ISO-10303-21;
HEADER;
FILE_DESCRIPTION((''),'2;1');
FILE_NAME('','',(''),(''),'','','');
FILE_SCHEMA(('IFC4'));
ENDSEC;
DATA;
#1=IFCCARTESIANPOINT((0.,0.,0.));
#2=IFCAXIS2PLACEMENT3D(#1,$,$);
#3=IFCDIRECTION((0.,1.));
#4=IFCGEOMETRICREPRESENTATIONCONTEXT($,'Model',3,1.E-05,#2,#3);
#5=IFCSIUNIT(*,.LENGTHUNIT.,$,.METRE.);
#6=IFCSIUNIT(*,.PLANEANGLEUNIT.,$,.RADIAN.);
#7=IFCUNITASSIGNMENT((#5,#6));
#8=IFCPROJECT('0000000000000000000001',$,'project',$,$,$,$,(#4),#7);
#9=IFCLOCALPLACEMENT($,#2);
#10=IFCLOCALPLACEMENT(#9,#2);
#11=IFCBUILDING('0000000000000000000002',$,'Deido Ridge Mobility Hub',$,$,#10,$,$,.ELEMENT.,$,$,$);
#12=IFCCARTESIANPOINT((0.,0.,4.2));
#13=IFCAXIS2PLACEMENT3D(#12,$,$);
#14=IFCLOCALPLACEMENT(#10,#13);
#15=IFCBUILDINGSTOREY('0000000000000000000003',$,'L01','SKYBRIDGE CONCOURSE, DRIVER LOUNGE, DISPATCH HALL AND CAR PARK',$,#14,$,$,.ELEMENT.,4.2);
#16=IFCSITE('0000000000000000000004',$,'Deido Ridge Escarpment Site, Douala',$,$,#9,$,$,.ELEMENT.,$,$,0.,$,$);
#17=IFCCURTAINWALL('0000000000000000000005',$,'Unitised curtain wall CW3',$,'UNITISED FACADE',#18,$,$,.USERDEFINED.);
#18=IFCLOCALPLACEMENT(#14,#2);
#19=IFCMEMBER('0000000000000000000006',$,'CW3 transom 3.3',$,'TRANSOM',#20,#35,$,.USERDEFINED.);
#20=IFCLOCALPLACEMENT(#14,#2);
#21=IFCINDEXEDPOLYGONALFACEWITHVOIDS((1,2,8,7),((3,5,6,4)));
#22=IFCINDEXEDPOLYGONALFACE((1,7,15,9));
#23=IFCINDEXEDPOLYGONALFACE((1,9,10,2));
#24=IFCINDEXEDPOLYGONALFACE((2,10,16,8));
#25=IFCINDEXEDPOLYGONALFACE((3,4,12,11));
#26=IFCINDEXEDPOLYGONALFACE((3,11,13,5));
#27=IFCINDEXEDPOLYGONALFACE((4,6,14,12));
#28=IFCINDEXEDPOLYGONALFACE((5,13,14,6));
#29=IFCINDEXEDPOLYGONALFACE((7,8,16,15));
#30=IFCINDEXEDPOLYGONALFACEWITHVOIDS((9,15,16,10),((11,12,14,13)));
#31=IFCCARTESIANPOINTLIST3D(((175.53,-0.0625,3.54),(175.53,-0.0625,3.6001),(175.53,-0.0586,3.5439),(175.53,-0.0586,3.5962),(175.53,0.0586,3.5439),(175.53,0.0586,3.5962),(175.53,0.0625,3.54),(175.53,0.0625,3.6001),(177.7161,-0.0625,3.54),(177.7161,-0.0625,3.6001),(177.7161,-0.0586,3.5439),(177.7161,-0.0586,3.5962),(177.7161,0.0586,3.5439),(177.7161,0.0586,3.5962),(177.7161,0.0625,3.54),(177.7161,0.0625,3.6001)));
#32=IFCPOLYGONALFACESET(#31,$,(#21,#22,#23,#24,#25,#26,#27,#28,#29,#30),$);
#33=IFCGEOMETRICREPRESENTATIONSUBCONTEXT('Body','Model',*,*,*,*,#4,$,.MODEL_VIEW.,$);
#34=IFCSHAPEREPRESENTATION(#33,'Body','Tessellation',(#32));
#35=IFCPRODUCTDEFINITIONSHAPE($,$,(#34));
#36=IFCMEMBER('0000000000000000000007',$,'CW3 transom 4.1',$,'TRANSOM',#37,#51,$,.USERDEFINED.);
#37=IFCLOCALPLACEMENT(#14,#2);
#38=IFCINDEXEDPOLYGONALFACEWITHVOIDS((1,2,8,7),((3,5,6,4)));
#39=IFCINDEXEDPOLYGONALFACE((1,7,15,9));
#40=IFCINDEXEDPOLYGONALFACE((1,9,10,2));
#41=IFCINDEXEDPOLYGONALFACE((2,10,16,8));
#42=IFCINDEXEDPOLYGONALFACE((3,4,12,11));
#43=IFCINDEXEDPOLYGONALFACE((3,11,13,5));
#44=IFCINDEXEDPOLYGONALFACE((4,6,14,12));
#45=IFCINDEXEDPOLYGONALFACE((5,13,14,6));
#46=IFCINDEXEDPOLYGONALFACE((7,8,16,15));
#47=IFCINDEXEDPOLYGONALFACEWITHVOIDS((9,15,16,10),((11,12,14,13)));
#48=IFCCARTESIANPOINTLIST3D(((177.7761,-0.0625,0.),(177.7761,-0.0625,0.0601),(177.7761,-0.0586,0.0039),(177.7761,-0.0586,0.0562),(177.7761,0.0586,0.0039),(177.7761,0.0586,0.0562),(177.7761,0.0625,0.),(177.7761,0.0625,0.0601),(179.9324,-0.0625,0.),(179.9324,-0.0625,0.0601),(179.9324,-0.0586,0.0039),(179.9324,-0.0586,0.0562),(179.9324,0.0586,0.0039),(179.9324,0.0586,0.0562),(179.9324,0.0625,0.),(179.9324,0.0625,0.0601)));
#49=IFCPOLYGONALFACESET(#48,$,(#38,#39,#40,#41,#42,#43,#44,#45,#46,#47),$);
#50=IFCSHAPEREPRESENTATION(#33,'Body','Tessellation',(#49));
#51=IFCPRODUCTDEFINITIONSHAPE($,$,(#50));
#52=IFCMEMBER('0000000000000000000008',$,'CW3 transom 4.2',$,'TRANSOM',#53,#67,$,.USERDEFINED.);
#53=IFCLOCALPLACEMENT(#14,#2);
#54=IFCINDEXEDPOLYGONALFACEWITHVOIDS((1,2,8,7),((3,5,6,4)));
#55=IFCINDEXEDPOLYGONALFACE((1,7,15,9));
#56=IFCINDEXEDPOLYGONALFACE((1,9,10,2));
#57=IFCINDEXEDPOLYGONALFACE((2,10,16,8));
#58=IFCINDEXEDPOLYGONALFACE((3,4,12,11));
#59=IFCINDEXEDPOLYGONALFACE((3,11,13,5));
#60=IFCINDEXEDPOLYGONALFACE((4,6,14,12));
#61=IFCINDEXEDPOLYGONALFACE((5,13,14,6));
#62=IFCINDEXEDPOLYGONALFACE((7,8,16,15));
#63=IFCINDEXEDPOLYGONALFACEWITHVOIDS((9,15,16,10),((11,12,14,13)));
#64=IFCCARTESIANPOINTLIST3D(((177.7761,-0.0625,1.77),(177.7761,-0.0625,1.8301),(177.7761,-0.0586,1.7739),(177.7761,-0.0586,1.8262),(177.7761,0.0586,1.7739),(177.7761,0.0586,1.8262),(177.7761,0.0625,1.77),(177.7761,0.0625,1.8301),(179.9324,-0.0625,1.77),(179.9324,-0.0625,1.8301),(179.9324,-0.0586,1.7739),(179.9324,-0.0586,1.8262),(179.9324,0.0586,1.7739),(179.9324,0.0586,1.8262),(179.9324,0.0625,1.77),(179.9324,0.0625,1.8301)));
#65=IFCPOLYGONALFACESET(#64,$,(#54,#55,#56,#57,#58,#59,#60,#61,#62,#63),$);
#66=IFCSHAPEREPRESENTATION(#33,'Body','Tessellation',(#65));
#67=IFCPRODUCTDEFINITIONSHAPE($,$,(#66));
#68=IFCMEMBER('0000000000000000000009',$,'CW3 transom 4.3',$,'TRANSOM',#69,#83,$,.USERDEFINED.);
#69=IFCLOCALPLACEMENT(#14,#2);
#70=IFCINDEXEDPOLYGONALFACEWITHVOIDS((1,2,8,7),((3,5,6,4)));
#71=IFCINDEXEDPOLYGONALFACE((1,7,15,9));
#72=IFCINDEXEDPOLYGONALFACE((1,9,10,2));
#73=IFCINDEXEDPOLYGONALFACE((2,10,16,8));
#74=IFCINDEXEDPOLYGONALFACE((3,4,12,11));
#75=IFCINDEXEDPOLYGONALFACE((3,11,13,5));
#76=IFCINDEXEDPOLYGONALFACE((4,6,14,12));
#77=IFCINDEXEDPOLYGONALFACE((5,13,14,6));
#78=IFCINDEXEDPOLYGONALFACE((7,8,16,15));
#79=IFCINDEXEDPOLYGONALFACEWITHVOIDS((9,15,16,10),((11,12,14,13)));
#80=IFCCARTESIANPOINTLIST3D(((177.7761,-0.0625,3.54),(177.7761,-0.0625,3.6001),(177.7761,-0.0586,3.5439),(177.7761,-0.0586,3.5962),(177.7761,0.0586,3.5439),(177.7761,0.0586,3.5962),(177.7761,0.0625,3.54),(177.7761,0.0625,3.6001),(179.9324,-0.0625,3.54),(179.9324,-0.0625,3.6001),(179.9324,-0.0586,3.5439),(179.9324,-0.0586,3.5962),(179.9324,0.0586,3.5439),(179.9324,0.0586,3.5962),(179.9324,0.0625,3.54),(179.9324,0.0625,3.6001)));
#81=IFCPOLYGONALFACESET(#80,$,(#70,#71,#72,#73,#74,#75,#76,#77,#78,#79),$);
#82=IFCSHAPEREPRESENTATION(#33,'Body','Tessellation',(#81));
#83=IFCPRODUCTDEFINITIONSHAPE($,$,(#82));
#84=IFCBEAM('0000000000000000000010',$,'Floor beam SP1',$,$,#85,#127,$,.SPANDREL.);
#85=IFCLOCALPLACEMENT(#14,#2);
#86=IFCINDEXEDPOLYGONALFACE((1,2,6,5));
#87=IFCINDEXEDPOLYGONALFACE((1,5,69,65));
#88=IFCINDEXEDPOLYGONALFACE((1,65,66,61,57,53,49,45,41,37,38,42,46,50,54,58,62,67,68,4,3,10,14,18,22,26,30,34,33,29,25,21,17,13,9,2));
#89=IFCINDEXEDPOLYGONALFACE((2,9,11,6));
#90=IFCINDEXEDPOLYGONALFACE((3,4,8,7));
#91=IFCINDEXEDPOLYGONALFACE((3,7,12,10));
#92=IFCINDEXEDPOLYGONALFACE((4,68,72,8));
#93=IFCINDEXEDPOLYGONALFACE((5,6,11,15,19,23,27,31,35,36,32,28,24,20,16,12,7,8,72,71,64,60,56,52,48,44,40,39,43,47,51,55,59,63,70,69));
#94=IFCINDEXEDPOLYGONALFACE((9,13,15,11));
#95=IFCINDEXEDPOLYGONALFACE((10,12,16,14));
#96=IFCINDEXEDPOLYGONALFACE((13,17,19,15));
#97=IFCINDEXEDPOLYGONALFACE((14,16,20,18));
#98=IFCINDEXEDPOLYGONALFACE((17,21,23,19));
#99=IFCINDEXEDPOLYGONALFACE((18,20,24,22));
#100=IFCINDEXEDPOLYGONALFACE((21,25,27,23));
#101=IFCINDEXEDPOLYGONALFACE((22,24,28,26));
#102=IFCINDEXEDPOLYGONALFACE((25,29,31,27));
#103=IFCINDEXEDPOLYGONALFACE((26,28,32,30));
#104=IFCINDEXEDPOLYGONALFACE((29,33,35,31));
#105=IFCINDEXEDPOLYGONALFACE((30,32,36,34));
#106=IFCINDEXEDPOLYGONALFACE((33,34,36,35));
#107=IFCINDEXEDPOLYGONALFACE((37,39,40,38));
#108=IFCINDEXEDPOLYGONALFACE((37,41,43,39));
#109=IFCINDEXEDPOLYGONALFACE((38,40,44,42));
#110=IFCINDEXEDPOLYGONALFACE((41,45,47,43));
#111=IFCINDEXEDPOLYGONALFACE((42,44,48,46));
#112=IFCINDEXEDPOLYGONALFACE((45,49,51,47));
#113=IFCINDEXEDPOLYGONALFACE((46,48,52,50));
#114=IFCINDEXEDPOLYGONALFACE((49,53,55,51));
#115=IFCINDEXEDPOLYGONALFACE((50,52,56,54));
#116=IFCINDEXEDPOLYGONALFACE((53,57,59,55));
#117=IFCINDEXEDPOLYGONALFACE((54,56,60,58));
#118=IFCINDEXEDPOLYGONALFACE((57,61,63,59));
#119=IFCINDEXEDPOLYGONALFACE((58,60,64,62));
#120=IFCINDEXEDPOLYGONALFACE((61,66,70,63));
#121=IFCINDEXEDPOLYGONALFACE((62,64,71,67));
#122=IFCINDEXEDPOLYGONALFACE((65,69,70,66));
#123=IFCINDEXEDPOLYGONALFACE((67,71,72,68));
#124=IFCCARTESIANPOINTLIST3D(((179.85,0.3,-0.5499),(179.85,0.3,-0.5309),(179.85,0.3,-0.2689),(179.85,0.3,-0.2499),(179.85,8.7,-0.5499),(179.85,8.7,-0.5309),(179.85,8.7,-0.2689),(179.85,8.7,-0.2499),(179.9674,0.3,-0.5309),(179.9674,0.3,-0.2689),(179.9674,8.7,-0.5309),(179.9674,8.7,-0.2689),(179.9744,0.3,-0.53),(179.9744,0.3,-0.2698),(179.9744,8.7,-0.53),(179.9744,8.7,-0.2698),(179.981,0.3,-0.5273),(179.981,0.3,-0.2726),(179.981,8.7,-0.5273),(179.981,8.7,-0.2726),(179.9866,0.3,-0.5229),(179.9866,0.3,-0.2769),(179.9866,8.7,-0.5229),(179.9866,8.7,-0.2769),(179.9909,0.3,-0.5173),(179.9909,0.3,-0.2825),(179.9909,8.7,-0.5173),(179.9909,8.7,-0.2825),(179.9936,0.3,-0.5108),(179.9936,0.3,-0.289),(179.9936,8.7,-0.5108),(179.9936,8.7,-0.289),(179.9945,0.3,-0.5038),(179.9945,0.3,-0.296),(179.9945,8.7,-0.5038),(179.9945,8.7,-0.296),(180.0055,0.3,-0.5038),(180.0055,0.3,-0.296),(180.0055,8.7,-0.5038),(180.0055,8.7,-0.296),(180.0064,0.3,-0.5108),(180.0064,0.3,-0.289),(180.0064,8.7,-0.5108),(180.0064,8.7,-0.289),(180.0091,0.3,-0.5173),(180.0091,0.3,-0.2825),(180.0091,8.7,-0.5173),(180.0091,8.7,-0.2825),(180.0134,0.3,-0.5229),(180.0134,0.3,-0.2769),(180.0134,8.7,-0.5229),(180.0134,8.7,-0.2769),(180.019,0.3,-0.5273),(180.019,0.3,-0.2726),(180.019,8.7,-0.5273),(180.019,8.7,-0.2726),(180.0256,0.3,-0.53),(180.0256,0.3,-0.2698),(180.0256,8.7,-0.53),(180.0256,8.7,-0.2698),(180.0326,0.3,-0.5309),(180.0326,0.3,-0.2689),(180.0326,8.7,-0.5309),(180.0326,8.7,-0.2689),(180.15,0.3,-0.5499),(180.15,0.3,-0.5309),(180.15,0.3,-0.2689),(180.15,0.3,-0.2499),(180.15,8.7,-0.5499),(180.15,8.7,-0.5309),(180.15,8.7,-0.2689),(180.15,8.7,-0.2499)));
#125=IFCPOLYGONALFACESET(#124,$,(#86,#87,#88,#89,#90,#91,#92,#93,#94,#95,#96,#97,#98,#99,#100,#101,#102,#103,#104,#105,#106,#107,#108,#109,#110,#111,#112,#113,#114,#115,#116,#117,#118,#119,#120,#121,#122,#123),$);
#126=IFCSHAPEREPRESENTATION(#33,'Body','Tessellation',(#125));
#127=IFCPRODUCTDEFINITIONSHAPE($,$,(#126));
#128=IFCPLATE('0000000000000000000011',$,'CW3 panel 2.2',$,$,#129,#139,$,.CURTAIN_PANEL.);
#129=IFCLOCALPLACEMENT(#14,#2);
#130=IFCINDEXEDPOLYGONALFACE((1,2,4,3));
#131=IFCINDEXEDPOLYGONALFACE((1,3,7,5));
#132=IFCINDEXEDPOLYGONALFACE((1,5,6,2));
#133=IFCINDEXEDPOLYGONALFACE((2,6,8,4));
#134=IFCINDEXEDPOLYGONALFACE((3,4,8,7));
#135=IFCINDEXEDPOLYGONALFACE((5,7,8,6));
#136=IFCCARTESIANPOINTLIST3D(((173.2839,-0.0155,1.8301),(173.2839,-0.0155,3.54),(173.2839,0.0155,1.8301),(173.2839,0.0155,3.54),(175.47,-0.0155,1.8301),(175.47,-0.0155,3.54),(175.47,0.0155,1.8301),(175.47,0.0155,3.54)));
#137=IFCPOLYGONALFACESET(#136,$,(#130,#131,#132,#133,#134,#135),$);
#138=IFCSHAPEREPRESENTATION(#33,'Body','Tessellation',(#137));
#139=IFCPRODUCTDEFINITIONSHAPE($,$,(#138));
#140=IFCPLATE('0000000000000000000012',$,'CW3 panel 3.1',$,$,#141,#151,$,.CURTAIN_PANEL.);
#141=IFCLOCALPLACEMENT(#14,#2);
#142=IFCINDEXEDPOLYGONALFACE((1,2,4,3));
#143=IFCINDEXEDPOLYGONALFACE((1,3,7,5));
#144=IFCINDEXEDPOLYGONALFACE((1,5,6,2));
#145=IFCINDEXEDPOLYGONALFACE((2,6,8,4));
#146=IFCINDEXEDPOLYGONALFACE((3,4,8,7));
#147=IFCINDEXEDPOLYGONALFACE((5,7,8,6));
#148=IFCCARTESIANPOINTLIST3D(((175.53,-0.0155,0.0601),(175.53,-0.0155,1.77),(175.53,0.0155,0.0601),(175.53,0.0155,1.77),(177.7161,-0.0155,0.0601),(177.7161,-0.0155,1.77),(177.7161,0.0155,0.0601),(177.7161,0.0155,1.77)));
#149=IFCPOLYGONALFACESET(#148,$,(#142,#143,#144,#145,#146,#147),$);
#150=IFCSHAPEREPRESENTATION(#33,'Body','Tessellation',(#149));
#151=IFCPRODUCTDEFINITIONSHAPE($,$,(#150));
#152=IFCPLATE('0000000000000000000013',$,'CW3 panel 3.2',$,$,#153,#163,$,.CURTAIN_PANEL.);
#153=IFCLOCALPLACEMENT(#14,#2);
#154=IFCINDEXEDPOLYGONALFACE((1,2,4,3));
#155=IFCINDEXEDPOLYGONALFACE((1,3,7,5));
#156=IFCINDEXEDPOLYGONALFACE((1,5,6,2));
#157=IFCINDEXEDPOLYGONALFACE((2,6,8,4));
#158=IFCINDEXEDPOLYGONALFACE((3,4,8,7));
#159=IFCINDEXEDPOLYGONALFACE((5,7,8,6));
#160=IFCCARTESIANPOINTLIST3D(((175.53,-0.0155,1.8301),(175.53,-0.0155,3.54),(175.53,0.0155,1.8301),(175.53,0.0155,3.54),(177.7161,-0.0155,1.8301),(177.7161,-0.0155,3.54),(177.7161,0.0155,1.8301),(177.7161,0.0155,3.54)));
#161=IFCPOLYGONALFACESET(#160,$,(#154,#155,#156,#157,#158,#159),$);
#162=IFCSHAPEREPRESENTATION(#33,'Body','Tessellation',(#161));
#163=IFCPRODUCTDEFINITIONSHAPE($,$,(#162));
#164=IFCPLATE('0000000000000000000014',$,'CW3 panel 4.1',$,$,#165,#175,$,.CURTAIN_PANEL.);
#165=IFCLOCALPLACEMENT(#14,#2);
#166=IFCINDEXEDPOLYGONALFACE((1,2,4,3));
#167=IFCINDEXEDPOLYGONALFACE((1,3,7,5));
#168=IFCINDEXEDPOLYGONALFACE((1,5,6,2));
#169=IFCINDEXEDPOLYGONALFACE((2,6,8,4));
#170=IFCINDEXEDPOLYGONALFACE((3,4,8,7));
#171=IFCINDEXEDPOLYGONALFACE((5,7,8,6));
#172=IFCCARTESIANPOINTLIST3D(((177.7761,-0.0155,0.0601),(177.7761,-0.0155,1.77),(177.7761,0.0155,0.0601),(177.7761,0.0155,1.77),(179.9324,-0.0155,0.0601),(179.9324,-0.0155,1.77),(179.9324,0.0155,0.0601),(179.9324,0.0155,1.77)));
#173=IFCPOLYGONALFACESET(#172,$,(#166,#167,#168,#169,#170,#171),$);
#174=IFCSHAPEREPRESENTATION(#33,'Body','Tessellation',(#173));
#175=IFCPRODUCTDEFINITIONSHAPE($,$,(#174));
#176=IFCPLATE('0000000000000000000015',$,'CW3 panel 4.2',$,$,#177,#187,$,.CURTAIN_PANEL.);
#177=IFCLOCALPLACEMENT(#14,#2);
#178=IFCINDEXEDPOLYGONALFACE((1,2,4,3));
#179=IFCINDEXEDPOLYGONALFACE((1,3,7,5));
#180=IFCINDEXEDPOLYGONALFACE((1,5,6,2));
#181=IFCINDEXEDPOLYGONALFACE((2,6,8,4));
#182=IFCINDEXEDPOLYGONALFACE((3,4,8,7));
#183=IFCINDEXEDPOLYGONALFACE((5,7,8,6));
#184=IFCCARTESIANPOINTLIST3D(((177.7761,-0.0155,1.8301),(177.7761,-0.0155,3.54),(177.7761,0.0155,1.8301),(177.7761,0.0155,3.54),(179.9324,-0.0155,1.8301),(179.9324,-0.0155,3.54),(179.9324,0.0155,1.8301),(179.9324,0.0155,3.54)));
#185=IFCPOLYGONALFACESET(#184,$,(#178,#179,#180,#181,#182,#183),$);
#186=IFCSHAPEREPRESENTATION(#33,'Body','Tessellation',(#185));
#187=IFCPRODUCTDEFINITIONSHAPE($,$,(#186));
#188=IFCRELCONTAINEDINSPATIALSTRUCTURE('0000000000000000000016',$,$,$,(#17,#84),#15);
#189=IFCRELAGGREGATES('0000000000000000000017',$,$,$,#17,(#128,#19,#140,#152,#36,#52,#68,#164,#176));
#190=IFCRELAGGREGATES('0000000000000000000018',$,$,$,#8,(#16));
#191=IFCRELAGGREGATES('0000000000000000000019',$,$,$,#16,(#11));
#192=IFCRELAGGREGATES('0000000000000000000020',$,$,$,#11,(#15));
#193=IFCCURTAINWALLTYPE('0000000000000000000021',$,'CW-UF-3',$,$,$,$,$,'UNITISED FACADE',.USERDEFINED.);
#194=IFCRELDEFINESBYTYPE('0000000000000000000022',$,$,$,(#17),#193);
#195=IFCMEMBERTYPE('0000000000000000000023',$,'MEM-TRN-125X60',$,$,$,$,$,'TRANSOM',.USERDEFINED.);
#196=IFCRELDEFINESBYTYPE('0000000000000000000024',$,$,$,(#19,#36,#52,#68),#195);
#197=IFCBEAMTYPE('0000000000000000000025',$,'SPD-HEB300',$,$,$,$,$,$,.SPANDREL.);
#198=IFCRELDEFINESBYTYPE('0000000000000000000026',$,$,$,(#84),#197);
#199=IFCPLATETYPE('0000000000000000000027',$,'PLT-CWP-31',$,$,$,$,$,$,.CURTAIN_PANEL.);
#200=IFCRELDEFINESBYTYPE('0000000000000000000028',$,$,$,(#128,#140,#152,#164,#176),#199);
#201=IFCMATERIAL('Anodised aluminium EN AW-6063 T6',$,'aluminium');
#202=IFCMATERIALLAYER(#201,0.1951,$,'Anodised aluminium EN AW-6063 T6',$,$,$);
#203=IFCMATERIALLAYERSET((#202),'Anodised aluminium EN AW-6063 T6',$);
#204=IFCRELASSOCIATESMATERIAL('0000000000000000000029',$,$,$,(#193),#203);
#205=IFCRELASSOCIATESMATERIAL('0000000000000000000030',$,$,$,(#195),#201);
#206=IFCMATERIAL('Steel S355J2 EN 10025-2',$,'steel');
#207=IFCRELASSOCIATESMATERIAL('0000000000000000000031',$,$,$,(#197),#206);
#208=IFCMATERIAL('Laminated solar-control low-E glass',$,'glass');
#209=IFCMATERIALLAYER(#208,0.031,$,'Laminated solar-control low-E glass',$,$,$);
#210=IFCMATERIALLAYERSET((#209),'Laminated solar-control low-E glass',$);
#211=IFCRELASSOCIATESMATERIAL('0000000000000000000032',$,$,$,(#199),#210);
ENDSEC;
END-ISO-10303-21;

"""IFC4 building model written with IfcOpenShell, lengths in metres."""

from ifc_helpers import new_model, si_unit, direction, frame, origin, origin_2d, place, context, subcontext, project, spatial, rectangle, hollow_rectangle, i_section, extrude, material, layer, layer_set, material_profile, profile_set, type_object, element, aggregate, save


model = new_model("IFC4")

# Units and contexts
model_context = context("Model", 3, precision=1e-05, world=origin(), true_north=direction((0.0, 1.0)))
body_context = subcontext(model_context, "Body", "Model", "MODEL_VIEW")
ifc_project = project(units=[si_unit("LENGTHUNIT", "METRE"), si_unit("PLANEANGLEUNIT", "RADIAN")], contexts=[model_context])

# Site, building, storey
site_placement = place(None, origin())
site = spatial("IfcSite", under=ifc_project, at=site_placement, Name="Deido Ridge Escarpment Site, Douala", CompositionType="ELEMENT", RefElevation=0.0)
building_placement = place(site_placement, origin())
building = spatial("IfcBuilding", under=site, at=building_placement, Name="Deido Ridge Mobility Hub", CompositionType="ELEMENT")
storey_placement = place(building_placement, frame((0.0, 0.0, 4.2)))
storey = spatial("IfcBuildingStorey", under=building, at=storey_placement, Name="L01", Description="SKYBRIDGE CONCOURSE, DRIVER LOUNGE, DISPATCH HALL AND CAR PARK", CompositionType="ELEMENT", Elevation=4.2)

# Shared definitions
ifc_material_1 = material(Name="Steel S355J2 EN 10025-2", Category="steel")

# Curtain wall, members
ifc_material_2 = material(Name="Anodised aluminium EN AW-6063 T6", Category="aluminium")
ifc_layer_1 = layer(ifc_material_2, 0.1951, Name="Anodised aluminium EN AW-6063 T6")
ifc_layer_set_1 = layer_set([ifc_layer_1], Name="Anodised aluminium EN AW-6063 T6")
curtain_wall_type = type_object("IfcCurtainWallType", Name="CW-UF-3", ElementType="UNITISED FACADE", PredefinedType="USERDEFINED", material=ifc_layer_set_1)
curtain_wall_placement = place(storey_placement, origin())
curtain_wall = element("IfcCurtainWall", 1, at=curtain_wall_placement, inside=storey, type_object=curtain_wall_type, Name="Unitised curtain wall CW3", ObjectType="UNITISED FACADE", PredefinedType="USERDEFINED")
ifc_material_profile_1 = material_profile(ifc_material_2, hollow_rectangle(XDim=0.125, YDim=0.0601, WallThickness=0.0039, at=origin_2d()), Name="RHS 125x60x4")
ifc_profile_set_1 = profile_set([ifc_material_profile_1], Name="Anodised aluminium EN AW-6063 T6")
member_type_1 = type_object("IfcMemberType", Name="MEM-TRN-125X60", ElementType="TRANSOM", PredefinedType="USERDEFINED", material=ifc_profile_set_1)
member_1_placement = place(storey_placement, frame((175.53, 0.0, 3.5701), z_axis=(1.0, 0.0, 0.0), x_axis=(0.0, 1.0, 0.0)))
member_1 = element("IfcMember", 2, at=member_1_placement, type_object=member_type_1, Name="CW3 transom 3.3", ObjectType="TRANSOM", PredefinedType="USERDEFINED", context=body_context, shape_type="SweptSolid", body=[
    extrude(hollow_rectangle(XDim=0.125, YDim=0.0601, WallThickness=0.0039, at=origin_2d()), origin(), (0.0, 0.0, 1.0), 2.186),
])
member_2_placement = place(storey_placement, frame((177.7761, 0.0, 0.03), z_axis=(1.0, 0.0, 0.0), x_axis=(0.0, 1.0, 0.0)))
member_2 = element("IfcMember", 3, at=member_2_placement, type_object=member_type_1, Name="CW3 transom 4.1", ObjectType="TRANSOM", PredefinedType="USERDEFINED", context=body_context, shape_type="SweptSolid", body=[
    extrude(hollow_rectangle(XDim=0.125, YDim=0.0601, WallThickness=0.0039, at=origin_2d()), origin(), (0.0, 0.0, 1.0), 2.1562),
])
member_3_placement = place(storey_placement, frame((177.7761, 0.0, 1.8), z_axis=(1.0, 0.0, 0.0), x_axis=(0.0, 1.0, 0.0)))
member_3 = element("IfcMember", 4, at=member_3_placement, type_object=member_type_1, Name="CW3 transom 4.2", ObjectType="TRANSOM", PredefinedType="USERDEFINED", context=body_context, shape_type="SweptSolid", body=[
    extrude(hollow_rectangle(XDim=0.125, YDim=0.0601, WallThickness=0.0039, at=origin_2d()), origin(), (0.0, 0.0, 1.0), 2.1562),
])
member_4_placement = place(storey_placement, frame((177.7761, 0.0, 3.5701), z_axis=(1.0, 0.0, 0.0), x_axis=(0.0, 1.0, 0.0)))
member_4 = element("IfcMember", 5, at=member_4_placement, type_object=member_type_1, Name="CW3 transom 4.3", ObjectType="TRANSOM", PredefinedType="USERDEFINED", context=body_context, shape_type="SweptSolid", body=[
    extrude(hollow_rectangle(XDim=0.125, YDim=0.0601, WallThickness=0.0039, at=origin_2d()), origin(), (0.0, 0.0, 1.0), 2.1562),
])

# Beam
ifc_material_profile_2 = material_profile(ifc_material_1, i_section(OverallWidth=0.3, OverallDepth=0.3, WebThickness=0.011, FlangeThickness=0.019, FilletRadius=0.0271, at=origin_2d()), Name="HEB 300")
ifc_profile_set_2 = profile_set([ifc_material_profile_2], Name="Steel S355J2 EN 10025-2")
beam_type = type_object("IfcBeamType", Name="SPD-HEB300", PredefinedType="SPANDREL", material=ifc_profile_set_2)
beam_placement = place(storey_placement, frame((180.0, 0.3, -0.3999), z_axis=(0.0, 1.0, 0.0), x_axis=(-1.0, 0.0, 0.0)))
element("IfcBeam", 6, at=beam_placement, inside=storey, type_object=beam_type, Name="Floor beam SP1", PredefinedType="SPANDREL", context=body_context, shape_type="SweptSolid", body=[
    extrude(i_section(OverallWidth=0.3, OverallDepth=0.3, WebThickness=0.011, FlangeThickness=0.019, FilletRadius=0.0271, at=origin_2d()), origin(), (0.0, 0.0, 1.0), 8.3999),
])

# Plates
ifc_material_3 = material(Name="Laminated solar-control low-E glass", Category="glass")
ifc_layer_2 = layer(ifc_material_3, 0.031, Name="Laminated solar-control low-E glass")
ifc_layer_set_2 = layer_set([ifc_layer_2], Name="Laminated solar-control low-E glass")
plate_type = type_object("IfcPlateType", Name="PLT-CWP-31", PredefinedType="CURTAIN_PANEL", material=ifc_layer_set_2)
plate_1_placement = place(storey_placement, frame((174.377, 0.0, 1.8301), z_axis=(0.0, 0.0, 1.0), x_axis=(1.0, 0.0, 0.0)))
plate_1 = element("IfcPlate", 7, at=plate_1_placement, type_object=plate_type, Name="CW3 panel 2.2", PredefinedType="CURTAIN_PANEL", context=body_context, shape_type="SweptSolid", body=[
    extrude(rectangle(XDim=2.186, YDim=0.031, at=origin_2d()), origin(), (0.0, 0.0, 1.0), 1.71),
])
plate_2_placement = place(storey_placement, frame((176.623, 0.0, 0.0601), z_axis=(0.0, 0.0, 1.0), x_axis=(1.0, 0.0, 0.0)))
plate_2 = element("IfcPlate", 8, at=plate_2_placement, type_object=plate_type, Name="CW3 panel 3.1", PredefinedType="CURTAIN_PANEL", context=body_context, shape_type="SweptSolid", body=[
    extrude(rectangle(XDim=2.186, YDim=0.031, at=origin_2d()), origin(), (0.0, 0.0, 1.0), 1.71),
])
plate_3_placement = place(storey_placement, frame((176.623, 0.0, 1.8301), z_axis=(0.0, 0.0, 1.0), x_axis=(1.0, 0.0, 0.0)))
plate_3 = element("IfcPlate", 9, at=plate_3_placement, type_object=plate_type, Name="CW3 panel 3.2", PredefinedType="CURTAIN_PANEL", context=body_context, shape_type="SweptSolid", body=[
    extrude(rectangle(XDim=2.186, YDim=0.031, at=origin_2d()), origin(), (0.0, 0.0, 1.0), 1.71),
])
plate_4_placement = place(storey_placement, frame((178.8542, 0.0, 0.0601), z_axis=(0.0, 0.0, 1.0), x_axis=(1.0, 0.0, 0.0)))
plate_4 = element("IfcPlate", 10, at=plate_4_placement, type_object=plate_type, Name="CW3 panel 4.1", PredefinedType="CURTAIN_PANEL", context=body_context, shape_type="SweptSolid", body=[
    extrude(rectangle(XDim=2.1562, YDim=0.031, at=origin_2d()), origin(), (0.0, 0.0, 1.0), 1.71),
])
plate_5_placement = place(storey_placement, frame((178.8542, 0.0, 1.8301), z_axis=(0.0, 0.0, 1.0), x_axis=(1.0, 0.0, 0.0)))
plate_5 = element("IfcPlate", 11, at=plate_5_placement, type_object=plate_type, Name="CW3 panel 4.2", PredefinedType="CURTAIN_PANEL", context=body_context, shape_type="SweptSolid", body=[
    extrude(rectangle(XDim=2.1562, YDim=0.031, at=origin_2d()), origin(), (0.0, 0.0, 1.0), 1.71),
])
aggregate(curtain_wall, [plate_1, member_1, plate_2, plate_3, member_2, member_3, member_4, plate_4, plate_5])

save(model, "model.ifc")
